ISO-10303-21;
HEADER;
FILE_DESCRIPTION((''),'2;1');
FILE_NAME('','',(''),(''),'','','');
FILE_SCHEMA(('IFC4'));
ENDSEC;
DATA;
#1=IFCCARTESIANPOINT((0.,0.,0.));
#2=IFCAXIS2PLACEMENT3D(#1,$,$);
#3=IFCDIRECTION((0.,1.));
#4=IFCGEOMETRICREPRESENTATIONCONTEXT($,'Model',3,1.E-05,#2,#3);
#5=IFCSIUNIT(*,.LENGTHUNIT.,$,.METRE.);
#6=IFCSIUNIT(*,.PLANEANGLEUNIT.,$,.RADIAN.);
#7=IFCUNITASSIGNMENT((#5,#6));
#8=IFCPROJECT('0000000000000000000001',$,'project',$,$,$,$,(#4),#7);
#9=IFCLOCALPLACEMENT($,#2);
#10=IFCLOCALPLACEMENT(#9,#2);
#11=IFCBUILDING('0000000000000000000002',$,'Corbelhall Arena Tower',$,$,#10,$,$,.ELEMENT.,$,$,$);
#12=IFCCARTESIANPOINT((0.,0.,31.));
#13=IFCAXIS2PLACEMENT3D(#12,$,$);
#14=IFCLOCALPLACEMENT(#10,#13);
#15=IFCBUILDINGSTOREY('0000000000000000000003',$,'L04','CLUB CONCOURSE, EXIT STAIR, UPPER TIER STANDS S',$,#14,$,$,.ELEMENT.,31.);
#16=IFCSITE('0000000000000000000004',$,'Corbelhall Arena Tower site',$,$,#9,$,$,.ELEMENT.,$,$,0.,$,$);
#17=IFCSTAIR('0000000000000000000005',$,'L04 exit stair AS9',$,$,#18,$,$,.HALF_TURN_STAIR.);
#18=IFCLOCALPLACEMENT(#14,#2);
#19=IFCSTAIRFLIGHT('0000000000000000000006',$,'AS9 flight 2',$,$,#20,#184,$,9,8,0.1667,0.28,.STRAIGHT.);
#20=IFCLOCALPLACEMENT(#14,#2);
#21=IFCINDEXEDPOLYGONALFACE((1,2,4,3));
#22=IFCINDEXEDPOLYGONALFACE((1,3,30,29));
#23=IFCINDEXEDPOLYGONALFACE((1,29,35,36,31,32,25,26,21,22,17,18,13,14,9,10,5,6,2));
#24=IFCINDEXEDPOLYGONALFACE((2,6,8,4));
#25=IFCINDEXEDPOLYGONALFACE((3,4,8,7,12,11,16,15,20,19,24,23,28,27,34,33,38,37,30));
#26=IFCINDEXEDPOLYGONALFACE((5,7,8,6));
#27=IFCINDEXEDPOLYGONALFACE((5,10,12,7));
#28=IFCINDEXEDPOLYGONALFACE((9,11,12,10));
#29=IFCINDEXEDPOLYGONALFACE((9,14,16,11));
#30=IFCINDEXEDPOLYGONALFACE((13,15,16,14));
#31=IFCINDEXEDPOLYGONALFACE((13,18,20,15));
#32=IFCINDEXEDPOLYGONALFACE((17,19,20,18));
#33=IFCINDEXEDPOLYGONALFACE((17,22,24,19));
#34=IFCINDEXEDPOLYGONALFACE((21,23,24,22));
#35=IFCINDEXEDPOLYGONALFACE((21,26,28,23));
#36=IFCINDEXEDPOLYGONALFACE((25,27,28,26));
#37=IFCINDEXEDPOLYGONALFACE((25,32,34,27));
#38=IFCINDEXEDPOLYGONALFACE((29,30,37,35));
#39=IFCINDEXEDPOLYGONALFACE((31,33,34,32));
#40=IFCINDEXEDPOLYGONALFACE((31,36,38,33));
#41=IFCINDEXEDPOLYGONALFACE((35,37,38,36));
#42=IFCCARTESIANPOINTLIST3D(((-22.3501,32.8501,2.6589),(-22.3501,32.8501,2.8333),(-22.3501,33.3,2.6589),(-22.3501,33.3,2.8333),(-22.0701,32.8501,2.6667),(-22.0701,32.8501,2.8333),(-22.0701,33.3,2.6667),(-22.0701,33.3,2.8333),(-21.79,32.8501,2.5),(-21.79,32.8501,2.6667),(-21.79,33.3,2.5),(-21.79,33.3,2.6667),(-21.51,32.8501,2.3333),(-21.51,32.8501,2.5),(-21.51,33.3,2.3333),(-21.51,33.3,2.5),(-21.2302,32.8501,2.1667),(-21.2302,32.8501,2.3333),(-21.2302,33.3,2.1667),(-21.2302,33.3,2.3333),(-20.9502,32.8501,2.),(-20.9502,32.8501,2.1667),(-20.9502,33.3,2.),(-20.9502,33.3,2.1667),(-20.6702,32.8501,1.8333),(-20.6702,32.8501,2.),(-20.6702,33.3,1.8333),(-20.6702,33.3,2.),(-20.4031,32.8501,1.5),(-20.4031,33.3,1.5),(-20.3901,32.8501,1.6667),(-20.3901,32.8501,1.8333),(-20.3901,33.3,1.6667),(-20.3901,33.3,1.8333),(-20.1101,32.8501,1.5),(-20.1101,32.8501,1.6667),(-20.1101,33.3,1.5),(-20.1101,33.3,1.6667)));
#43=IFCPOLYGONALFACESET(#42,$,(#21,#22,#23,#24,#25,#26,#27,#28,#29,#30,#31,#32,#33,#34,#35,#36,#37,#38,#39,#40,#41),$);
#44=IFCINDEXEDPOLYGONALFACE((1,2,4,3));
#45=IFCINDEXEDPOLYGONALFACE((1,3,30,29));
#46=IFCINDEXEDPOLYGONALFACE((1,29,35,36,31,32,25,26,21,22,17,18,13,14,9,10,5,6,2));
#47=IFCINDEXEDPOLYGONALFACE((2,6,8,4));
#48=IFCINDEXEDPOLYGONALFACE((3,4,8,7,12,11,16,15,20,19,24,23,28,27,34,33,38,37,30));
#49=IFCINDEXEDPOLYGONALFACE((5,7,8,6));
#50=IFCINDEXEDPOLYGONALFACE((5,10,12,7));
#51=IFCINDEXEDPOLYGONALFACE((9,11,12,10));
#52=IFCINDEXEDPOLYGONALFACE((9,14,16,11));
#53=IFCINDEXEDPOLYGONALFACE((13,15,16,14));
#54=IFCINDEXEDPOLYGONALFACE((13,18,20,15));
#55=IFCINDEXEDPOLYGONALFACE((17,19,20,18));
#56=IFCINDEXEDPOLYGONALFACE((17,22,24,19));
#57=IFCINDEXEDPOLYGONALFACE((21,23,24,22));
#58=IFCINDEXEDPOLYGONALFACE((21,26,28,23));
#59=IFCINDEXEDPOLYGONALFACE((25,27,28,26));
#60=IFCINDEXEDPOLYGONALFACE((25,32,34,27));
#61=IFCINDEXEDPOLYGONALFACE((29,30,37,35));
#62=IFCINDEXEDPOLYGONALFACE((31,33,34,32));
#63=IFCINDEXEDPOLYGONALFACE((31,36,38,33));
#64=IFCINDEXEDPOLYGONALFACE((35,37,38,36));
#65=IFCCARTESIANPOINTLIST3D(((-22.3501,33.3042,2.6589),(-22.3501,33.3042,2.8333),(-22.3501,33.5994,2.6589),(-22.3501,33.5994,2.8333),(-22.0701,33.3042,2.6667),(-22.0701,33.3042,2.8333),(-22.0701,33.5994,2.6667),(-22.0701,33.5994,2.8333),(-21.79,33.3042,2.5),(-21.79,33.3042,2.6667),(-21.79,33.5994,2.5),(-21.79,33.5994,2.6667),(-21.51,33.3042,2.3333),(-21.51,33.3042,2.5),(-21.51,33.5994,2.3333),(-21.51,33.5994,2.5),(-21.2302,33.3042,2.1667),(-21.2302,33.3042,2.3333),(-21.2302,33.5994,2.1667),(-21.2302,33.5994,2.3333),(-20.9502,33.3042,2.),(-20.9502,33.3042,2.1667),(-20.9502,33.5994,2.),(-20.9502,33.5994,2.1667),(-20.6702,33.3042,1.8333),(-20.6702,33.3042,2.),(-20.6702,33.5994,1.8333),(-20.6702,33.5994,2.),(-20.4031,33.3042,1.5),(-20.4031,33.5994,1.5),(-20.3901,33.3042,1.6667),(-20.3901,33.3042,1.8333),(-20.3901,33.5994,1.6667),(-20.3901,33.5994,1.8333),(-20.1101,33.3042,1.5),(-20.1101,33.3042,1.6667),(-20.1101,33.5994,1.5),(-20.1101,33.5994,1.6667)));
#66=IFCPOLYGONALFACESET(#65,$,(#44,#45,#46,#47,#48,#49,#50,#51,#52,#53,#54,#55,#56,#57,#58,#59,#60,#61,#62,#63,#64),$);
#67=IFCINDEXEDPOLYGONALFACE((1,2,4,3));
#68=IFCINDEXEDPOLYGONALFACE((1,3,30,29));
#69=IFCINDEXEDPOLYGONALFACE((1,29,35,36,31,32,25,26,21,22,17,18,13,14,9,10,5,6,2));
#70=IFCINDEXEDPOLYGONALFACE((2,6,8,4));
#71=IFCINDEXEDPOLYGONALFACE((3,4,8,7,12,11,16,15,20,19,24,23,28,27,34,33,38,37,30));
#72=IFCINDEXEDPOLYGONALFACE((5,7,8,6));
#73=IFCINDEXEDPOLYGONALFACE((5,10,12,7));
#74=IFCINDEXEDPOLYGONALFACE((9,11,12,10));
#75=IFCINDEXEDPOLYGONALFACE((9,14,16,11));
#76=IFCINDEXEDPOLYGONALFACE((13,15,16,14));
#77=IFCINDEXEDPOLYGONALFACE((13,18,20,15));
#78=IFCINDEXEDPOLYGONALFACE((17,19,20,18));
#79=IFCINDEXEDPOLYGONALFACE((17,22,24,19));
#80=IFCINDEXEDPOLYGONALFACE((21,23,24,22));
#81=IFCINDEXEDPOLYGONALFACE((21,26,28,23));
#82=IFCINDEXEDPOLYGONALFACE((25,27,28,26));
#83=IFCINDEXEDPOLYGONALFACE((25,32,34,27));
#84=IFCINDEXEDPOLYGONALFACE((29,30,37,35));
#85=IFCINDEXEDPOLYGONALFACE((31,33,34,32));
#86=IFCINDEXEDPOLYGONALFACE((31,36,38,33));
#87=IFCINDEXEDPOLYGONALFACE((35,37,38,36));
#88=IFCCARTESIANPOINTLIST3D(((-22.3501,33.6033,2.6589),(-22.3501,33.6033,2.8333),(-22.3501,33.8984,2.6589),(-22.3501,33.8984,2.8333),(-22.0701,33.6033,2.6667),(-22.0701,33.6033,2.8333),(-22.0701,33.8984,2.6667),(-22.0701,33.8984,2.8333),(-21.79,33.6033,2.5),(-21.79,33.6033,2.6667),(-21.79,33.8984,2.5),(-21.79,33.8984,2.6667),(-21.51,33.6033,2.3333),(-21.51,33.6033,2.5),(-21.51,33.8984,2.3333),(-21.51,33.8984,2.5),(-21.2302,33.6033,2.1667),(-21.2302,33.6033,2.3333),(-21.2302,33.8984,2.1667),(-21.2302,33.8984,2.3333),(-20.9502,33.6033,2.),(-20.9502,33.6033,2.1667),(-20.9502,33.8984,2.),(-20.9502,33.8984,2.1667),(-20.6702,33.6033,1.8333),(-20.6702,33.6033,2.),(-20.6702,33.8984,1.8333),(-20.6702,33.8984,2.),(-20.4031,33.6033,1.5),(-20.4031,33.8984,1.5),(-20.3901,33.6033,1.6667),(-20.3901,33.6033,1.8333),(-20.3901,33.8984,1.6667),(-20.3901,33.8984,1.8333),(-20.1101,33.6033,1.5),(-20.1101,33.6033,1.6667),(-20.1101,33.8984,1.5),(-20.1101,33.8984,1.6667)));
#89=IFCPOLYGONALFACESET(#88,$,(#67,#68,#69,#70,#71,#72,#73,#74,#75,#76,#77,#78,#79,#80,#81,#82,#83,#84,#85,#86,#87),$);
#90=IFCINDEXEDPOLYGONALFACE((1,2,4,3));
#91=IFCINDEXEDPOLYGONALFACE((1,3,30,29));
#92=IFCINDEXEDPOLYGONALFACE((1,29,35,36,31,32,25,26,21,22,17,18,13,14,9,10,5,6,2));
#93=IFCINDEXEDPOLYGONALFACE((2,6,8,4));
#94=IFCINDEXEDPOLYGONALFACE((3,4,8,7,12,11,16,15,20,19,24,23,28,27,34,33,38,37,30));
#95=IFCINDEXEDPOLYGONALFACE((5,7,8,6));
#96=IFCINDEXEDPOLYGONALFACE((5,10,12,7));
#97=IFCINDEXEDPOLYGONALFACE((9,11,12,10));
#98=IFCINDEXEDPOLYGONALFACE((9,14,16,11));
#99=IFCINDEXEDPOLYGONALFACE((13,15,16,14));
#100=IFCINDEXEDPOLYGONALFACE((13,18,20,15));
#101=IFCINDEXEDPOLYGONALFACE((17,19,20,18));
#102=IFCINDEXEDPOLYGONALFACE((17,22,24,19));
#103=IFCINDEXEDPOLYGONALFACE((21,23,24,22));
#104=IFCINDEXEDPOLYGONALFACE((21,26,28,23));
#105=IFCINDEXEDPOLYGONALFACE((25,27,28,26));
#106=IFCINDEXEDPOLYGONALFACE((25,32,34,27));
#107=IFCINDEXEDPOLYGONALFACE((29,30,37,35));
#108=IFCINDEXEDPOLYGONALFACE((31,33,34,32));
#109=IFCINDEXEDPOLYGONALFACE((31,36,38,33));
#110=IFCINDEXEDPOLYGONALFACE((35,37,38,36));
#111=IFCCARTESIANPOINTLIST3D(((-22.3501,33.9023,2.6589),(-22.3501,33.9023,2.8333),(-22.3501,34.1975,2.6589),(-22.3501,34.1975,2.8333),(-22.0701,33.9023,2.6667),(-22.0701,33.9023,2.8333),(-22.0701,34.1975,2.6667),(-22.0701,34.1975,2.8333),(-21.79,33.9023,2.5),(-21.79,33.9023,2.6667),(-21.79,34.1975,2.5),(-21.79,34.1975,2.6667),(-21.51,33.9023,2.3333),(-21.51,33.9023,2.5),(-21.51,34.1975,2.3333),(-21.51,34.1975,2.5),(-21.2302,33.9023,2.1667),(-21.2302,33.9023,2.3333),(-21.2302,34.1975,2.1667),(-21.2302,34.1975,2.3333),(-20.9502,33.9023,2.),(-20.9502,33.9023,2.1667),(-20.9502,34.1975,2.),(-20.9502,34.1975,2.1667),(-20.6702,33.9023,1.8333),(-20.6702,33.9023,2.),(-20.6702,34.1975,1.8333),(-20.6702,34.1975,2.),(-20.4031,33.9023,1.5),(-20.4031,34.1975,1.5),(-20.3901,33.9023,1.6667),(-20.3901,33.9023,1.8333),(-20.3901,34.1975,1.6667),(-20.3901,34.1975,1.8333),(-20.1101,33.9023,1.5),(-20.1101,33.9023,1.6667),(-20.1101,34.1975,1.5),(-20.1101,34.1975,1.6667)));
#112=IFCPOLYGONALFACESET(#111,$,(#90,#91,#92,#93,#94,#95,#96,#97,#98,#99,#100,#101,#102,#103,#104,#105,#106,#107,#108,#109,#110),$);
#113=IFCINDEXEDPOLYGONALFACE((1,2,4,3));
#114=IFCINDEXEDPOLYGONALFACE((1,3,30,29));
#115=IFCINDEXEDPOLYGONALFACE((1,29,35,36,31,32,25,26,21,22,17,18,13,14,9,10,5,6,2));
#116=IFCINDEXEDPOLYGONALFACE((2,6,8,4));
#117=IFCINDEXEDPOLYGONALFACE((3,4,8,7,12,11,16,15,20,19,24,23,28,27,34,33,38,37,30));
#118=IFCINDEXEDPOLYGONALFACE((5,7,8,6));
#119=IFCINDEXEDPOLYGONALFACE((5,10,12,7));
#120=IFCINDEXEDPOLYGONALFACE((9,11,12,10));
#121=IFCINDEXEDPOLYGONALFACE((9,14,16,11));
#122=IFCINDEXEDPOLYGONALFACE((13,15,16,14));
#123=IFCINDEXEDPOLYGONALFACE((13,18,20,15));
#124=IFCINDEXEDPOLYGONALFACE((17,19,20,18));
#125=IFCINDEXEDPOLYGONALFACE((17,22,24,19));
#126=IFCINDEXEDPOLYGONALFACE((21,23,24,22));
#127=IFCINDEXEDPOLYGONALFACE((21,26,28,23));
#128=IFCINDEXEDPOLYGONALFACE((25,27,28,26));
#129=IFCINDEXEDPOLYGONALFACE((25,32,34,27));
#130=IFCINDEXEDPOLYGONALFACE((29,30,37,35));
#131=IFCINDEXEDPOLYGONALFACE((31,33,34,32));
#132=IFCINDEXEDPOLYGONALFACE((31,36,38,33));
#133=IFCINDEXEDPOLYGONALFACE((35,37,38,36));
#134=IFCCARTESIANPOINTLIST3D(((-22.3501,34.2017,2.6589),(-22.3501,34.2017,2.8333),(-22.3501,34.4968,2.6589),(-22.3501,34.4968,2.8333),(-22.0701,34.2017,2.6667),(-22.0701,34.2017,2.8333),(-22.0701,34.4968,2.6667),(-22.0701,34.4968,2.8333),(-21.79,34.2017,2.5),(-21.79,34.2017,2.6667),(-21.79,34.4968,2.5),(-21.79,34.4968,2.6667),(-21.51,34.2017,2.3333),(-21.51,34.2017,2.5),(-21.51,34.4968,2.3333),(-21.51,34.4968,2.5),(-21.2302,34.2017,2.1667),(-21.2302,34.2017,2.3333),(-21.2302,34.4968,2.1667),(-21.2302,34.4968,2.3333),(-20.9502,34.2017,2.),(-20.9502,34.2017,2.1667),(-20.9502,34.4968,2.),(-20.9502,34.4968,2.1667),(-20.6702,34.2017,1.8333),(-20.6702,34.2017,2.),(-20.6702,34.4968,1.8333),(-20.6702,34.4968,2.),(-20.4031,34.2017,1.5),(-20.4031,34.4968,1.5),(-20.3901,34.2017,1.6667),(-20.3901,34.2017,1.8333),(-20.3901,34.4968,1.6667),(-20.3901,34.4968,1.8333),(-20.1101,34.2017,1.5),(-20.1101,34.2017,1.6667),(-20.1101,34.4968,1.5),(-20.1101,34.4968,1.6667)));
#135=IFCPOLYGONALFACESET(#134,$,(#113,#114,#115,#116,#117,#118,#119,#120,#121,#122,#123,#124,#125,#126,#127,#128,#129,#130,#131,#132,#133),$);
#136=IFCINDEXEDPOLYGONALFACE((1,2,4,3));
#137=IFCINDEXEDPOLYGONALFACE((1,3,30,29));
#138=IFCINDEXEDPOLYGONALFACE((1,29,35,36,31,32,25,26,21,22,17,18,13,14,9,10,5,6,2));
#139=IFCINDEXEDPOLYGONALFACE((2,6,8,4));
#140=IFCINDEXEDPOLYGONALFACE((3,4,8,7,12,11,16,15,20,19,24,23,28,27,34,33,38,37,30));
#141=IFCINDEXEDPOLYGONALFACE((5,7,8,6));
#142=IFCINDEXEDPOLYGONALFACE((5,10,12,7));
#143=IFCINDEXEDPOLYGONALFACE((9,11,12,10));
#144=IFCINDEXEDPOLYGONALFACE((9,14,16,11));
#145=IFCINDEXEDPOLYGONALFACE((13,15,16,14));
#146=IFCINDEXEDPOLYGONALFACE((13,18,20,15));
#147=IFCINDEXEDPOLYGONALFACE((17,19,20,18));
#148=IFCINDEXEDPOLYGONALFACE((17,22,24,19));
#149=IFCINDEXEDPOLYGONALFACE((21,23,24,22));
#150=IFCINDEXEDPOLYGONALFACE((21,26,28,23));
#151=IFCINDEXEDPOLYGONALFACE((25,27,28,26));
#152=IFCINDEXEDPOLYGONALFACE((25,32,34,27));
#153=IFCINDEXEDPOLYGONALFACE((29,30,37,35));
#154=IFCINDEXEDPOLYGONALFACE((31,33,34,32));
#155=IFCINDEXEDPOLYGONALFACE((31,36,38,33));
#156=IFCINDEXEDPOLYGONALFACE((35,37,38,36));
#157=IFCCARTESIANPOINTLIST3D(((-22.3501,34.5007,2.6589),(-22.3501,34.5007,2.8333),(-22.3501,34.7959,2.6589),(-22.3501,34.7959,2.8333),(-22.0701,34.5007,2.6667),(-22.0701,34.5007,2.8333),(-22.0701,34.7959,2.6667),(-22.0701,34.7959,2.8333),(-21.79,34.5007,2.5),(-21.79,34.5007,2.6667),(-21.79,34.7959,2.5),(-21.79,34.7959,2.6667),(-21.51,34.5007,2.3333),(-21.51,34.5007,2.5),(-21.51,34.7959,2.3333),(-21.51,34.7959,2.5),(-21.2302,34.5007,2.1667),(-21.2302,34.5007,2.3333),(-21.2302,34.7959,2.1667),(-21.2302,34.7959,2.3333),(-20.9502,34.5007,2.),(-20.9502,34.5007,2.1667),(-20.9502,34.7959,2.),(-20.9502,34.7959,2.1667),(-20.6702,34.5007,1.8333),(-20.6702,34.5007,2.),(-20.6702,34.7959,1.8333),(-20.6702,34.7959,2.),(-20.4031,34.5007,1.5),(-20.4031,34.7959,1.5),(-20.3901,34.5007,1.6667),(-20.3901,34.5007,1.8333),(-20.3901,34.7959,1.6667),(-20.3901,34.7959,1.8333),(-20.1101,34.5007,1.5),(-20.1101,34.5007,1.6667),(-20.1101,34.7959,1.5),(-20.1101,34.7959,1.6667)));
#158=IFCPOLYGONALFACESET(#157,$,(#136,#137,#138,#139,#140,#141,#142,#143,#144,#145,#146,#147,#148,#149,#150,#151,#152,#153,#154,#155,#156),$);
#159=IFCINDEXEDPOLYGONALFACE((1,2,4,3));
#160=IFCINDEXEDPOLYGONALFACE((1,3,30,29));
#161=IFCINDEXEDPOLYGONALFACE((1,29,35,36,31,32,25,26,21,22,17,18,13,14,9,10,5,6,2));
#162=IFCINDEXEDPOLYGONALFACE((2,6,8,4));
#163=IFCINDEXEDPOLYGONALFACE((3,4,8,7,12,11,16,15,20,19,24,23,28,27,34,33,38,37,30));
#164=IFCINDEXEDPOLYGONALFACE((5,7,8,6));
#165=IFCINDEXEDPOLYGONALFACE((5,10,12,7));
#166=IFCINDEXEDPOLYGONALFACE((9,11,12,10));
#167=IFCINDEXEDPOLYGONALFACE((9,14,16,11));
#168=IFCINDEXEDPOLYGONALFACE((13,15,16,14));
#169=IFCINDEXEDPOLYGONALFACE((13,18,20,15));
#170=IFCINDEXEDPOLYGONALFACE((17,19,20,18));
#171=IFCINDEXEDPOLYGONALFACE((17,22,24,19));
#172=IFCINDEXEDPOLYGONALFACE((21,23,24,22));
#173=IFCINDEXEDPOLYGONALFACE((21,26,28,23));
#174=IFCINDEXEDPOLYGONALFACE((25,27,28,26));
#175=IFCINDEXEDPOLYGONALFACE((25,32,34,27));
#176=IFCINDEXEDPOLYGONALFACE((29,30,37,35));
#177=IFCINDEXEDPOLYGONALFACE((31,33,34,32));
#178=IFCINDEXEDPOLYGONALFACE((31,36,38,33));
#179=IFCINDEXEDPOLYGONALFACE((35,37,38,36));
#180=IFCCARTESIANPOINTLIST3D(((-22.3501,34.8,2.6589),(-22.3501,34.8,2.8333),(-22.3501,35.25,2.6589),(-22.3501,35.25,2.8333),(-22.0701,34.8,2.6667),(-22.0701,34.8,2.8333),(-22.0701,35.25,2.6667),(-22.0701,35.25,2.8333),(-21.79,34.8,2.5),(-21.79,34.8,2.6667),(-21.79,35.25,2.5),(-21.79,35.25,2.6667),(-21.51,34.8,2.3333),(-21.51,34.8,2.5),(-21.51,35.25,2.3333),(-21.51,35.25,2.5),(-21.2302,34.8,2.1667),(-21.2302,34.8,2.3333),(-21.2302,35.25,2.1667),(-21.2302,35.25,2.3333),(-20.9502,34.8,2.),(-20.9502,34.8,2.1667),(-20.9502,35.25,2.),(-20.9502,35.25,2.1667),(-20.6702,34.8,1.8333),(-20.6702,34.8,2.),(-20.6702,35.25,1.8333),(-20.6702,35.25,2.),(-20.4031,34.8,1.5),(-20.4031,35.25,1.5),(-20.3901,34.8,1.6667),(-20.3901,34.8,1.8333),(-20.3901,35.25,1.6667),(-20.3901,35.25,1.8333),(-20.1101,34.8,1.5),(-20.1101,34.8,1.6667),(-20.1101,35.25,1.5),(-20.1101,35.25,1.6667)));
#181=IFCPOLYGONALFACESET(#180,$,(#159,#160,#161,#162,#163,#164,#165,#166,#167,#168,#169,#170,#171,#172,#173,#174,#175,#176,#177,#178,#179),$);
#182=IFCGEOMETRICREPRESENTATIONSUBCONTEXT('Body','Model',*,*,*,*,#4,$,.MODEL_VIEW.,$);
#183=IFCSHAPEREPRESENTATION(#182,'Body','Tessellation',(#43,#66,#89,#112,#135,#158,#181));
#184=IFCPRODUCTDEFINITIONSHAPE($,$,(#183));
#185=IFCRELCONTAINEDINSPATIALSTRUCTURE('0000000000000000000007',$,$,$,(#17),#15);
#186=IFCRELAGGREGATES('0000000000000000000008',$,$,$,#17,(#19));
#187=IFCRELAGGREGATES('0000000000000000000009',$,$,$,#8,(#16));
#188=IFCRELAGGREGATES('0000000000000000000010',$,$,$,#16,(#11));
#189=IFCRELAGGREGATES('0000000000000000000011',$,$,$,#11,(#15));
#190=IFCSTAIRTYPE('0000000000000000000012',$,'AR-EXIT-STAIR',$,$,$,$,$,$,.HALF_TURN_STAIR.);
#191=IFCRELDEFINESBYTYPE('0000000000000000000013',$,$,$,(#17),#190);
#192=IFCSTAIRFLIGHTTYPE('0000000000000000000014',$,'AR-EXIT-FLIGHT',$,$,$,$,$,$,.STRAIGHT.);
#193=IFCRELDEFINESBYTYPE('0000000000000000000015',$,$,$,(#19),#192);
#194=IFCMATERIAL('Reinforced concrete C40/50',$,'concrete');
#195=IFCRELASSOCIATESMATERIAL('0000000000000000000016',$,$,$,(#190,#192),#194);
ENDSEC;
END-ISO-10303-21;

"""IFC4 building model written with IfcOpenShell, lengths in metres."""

from ifc_helpers import new_model, si_unit, direction, frame, origin, place, context, subcontext, project, spatial, polyline, outline, extrude, material, type_object, element, aggregate, save


model = new_model("IFC4")

# Units and contexts
model_context = context("Model", 3, precision=1e-05, world=origin(), true_north=direction((0.0, 1.0)))
body_context = subcontext(model_context, "Body", "Model", "MODEL_VIEW")
ifc_project = project(units=[si_unit("LENGTHUNIT", "METRE"), si_unit("PLANEANGLEUNIT", "RADIAN")], contexts=[model_context])

# Site, building, storey
site_placement = place(None, origin())
site = spatial("IfcSite", under=ifc_project, at=site_placement, Name="Corbelhall Arena Tower site", CompositionType="ELEMENT", RefElevation=0.0)
building_placement = place(site_placement, origin())
building = spatial("IfcBuilding", under=site, at=building_placement, Name="Corbelhall Arena Tower", CompositionType="ELEMENT")
storey_placement = place(building_placement, frame((0.0, 0.0, 31.0)))
storey = spatial("IfcBuildingStorey", under=building, at=storey_placement, Name="L04", Description="CLUB CONCOURSE, EXIT STAIR, UPPER TIER STANDS S", CompositionType="ELEMENT", Elevation=31.0)

# Shared definitions
ifc_material_1 = material(Name="Reinforced concrete C40/50", Category="concrete")

# Stair, stair flight
stair_type = type_object("IfcStairType", Name="AR-EXIT-STAIR", PredefinedType="HALF_TURN_STAIR", material=ifc_material_1)
stair_1_placement = place(storey_placement, origin())
stair_1 = element("IfcStair", 1, at=stair_1_placement, inside=storey, type_object=stair_type, Name="L04 exit stair AS9", PredefinedType="HALF_TURN_STAIR")
stair_flight_type = type_object("IfcStairFlightType", Name="AR-EXIT-FLIGHT", PredefinedType="STRAIGHT", material=ifc_material_1)
stair_flight_1_placement = place(storey_placement, frame((-20.1101, 34.05, 1.5), z_axis=(0.0, 0.0, 1.0), x_axis=(-1.0, 0.0, 0.0)))
stair_flight_1 = element("IfcStairFlight", 2, at=stair_flight_1_placement, type_object=stair_flight_type, Name="AS9 flight 2", NumberOfRisers=9, NumberOfTreads=8, PredefinedType="STRAIGHT", RiserHeight=0.1667, TreadLength=0.28, context=body_context, shape_type="SweptSolid", body=[
    extrude(outline(polyline([(0.0, 0.0), (0.0, 0.1667), (0.28, 0.1667), (0.28, 0.3333), (0.5601, 0.3333), (0.5601, 0.5), (0.8401, 0.5), (0.8401, 0.6667), (1.1201, 0.6667), (1.1201, 0.8333), (1.3999, 0.8333), (1.3999, 1.0), (1.6799, 1.0), (1.6799, 1.1667), (1.96, 1.1667), (1.96, 1.3333), (2.24, 1.3333), (2.24, 1.5), (2.24, 1.1589), (0.293, 0.0), (0.0, 0.0)])), frame((0.0, 1.2, 0.0), z_axis=(0.0, -1.0, 0.0), x_axis=(1.0, 0.0, 0.0)), (0.0, 0.0, 1.0), 0.45),
    extrude(outline(polyline([(0.0, 0.0), (0.0, 0.1667), (0.28, 0.1667), (0.28, 0.3333), (0.5601, 0.3333), (0.5601, 0.5), (0.8401, 0.5), (0.8401, 0.6667), (1.1201, 0.6667), (1.1201, 0.8333), (1.3999, 0.8333), (1.3999, 1.0), (1.6799, 1.0), (1.6799, 1.1667), (1.96, 1.1667), (1.96, 1.3333), (2.24, 1.3333), (2.24, 1.5), (2.24, 1.1589), (0.293, 0.0), (0.0, 0.0)])), frame((0.0, 0.7458, 0.0), z_axis=(0.0, -1.0, 0.0), x_axis=(1.0, 0.0, 0.0)), (0.0, 0.0, 1.0), 0.2952),
    extrude(outline(polyline([(0.0, 0.0), (0.0, 0.1667), (0.28, 0.1667), (0.28, 0.3333), (0.5601, 0.3333), (0.5601, 0.5), (0.8401, 0.5), (0.8401, 0.6667), (1.1201, 0.6667), (1.1201, 0.8333), (1.3999, 0.8333), (1.3999, 1.0), (1.6799, 1.0), (1.6799, 1.1667), (1.96, 1.1667), (1.96, 1.3333), (2.24, 1.3333), (2.24, 1.5), (2.24, 1.1589), (0.293, 0.0), (0.0, 0.0)])), frame((0.0, 0.4468, 0.0), z_axis=(0.0, -1.0, 0.0), x_axis=(1.0, 0.0, 0.0)), (0.0, 0.0, 1.0), 0.2952),
    extrude(outline(polyline([(0.0, 0.0), (0.0, 0.1667), (0.28, 0.1667), (0.28, 0.3333), (0.5601, 0.3333), (0.5601, 0.5), (0.8401, 0.5), (0.8401, 0.6667), (1.1201, 0.6667), (1.1201, 0.8333), (1.3999, 0.8333), (1.3999, 1.0), (1.6799, 1.0), (1.6799, 1.1667), (1.96, 1.1667), (1.96, 1.3333), (2.24, 1.3333), (2.24, 1.5), (2.24, 1.1589), (0.293, 0.0), (0.0, 0.0)])), frame((0.0, 0.1477, 0.0), z_axis=(0.0, -1.0, 0.0), x_axis=(1.0, 0.0, 0.0)), (0.0, 0.0, 1.0), 0.2952),
    extrude(outline(polyline([(0.0, 0.0), (0.0, 0.1667), (0.28, 0.1667), (0.28, 0.3333), (0.5601, 0.3333), (0.5601, 0.5), (0.8401, 0.5), (0.8401, 0.6667), (1.1201, 0.6667), (1.1201, 0.8333), (1.3999, 0.8333), (1.3999, 1.0), (1.6799, 1.0), (1.6799, 1.1667), (1.96, 1.1667), (1.96, 1.3333), (2.24, 1.3333), (2.24, 1.5), (2.24, 1.1589), (0.293, 0.0), (0.0, 0.0)])), frame((0.0, -0.1516, 0.0), z_axis=(0.0, -1.0, 0.0), x_axis=(1.0, 0.0, 0.0)), (0.0, 0.0, 1.0), 0.2952),
    extrude(outline(polyline([(0.0, 0.0), (0.0, 0.1667), (0.28, 0.1667), (0.28, 0.3333), (0.5601, 0.3333), (0.5601, 0.5), (0.8401, 0.5), (0.8401, 0.6667), (1.1201, 0.6667), (1.1201, 0.8333), (1.3999, 0.8333), (1.3999, 1.0), (1.6799, 1.0), (1.6799, 1.1667), (1.96, 1.1667), (1.96, 1.3333), (2.24, 1.3333), (2.24, 1.5), (2.24, 1.1589), (0.293, 0.0), (0.0, 0.0)])), frame((0.0, -0.4507, 0.0), z_axis=(0.0, -1.0, 0.0), x_axis=(1.0, 0.0, 0.0)), (0.0, 0.0, 1.0), 0.2952),
    extrude(outline(polyline([(0.0, 0.0), (0.0, 0.1667), (0.28, 0.1667), (0.28, 0.3333), (0.5601, 0.3333), (0.5601, 0.5), (0.8401, 0.5), (0.8401, 0.6667), (1.1201, 0.6667), (1.1201, 0.8333), (1.3999, 0.8333), (1.3999, 1.0), (1.6799, 1.0), (1.6799, 1.1667), (1.96, 1.1667), (1.96, 1.3333), (2.24, 1.3333), (2.24, 1.5), (2.24, 1.1589), (0.293, 0.0), (0.0, 0.0)])), frame((0.0, -0.75, 0.0), z_axis=(0.0, -1.0, 0.0), x_axis=(1.0, 0.0, 0.0)), (0.0, 0.0, 1.0), 0.45),
])
aggregate(stair_1, [stair_flight_1])

save(model, "model.ifc")
